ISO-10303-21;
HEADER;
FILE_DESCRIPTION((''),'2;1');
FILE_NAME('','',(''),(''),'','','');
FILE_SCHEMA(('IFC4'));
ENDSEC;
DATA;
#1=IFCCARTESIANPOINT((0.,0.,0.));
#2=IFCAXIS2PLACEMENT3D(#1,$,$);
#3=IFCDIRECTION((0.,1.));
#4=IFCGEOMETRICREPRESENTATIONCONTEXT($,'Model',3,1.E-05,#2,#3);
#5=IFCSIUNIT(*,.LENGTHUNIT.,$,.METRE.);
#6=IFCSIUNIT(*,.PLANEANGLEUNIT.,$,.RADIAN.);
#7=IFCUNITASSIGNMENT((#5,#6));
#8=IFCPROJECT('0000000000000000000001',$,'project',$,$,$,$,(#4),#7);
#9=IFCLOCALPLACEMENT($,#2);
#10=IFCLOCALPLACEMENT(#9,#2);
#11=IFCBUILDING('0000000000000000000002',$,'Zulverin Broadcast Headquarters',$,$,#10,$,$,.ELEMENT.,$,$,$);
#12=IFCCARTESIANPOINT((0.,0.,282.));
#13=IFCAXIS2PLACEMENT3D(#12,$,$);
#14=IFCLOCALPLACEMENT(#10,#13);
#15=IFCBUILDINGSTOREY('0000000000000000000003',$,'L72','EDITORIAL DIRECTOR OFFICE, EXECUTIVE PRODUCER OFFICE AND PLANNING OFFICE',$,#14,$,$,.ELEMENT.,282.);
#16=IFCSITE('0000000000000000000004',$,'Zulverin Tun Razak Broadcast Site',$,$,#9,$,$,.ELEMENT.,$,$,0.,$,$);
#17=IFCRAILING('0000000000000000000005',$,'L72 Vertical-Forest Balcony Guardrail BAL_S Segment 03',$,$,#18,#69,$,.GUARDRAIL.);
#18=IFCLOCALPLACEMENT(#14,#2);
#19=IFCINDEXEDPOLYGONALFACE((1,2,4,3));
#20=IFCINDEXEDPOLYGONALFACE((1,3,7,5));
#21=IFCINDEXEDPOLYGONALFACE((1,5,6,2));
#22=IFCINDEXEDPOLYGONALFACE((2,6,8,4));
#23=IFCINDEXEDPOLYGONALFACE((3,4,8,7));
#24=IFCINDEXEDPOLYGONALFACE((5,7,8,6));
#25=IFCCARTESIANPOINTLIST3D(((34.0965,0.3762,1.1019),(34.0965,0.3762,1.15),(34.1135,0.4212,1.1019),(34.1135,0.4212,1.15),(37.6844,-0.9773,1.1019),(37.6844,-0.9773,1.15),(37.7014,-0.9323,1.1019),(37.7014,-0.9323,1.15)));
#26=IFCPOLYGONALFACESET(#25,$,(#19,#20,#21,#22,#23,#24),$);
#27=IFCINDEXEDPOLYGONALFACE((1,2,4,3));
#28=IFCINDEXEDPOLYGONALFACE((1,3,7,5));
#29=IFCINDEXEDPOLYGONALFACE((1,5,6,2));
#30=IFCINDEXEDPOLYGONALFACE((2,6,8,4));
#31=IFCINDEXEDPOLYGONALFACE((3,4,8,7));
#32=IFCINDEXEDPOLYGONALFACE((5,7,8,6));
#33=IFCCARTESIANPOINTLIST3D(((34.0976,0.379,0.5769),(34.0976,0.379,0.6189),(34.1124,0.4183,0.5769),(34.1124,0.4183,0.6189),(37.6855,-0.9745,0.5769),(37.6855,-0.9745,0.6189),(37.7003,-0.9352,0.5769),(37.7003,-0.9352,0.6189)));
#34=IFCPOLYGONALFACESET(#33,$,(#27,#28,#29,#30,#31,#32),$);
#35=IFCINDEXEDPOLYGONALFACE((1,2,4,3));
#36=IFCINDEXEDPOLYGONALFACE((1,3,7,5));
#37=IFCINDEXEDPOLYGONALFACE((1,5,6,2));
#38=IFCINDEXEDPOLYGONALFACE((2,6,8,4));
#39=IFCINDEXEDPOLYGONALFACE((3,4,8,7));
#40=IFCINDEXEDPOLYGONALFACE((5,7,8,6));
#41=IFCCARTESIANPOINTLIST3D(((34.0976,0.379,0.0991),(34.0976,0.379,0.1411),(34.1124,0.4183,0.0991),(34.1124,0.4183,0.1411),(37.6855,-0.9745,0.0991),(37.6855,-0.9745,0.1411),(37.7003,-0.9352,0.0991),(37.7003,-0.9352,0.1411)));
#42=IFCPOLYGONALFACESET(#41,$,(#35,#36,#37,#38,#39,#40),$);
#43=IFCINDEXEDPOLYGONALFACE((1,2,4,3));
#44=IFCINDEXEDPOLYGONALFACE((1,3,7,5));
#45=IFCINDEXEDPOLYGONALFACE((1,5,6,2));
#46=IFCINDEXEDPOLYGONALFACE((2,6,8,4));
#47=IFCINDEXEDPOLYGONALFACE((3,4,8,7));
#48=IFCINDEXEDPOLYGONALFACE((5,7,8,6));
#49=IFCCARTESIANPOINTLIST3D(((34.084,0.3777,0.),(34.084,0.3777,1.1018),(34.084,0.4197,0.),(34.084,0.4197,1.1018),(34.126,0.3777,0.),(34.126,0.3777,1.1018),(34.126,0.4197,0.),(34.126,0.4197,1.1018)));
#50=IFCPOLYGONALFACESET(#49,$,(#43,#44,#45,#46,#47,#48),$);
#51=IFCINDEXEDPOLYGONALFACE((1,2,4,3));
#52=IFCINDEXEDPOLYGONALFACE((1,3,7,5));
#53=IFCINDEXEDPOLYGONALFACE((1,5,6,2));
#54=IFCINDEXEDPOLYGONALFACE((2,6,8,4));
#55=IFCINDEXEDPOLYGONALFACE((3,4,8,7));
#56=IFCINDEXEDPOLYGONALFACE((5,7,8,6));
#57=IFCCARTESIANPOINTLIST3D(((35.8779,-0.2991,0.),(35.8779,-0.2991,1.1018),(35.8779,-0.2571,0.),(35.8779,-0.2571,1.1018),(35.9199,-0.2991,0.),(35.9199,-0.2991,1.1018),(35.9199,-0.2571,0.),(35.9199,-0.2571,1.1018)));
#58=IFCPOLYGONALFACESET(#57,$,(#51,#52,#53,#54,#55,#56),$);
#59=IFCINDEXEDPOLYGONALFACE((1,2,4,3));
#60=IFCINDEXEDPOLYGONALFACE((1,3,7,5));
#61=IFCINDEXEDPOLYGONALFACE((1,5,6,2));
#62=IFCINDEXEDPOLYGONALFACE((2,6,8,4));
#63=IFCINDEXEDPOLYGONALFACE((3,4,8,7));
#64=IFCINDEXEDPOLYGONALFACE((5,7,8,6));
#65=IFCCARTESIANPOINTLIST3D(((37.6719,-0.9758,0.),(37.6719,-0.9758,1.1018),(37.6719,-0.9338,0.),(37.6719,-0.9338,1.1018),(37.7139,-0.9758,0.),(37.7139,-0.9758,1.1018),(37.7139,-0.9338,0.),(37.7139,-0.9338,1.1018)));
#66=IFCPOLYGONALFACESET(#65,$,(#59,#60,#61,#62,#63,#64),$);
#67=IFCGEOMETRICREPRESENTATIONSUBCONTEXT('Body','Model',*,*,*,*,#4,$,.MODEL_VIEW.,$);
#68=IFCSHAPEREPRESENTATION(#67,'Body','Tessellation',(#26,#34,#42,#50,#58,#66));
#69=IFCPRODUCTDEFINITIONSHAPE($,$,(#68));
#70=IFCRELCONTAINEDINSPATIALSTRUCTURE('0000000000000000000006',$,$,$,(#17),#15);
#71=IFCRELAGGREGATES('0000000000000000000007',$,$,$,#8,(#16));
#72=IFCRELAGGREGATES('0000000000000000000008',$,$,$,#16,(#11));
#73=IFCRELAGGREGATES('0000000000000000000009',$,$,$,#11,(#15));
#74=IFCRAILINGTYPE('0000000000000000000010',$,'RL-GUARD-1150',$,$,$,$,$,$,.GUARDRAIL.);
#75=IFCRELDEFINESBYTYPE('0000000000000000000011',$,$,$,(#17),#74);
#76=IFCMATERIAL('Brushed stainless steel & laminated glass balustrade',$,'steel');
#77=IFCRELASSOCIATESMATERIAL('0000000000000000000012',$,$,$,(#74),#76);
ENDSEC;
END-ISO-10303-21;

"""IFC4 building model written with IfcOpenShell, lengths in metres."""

from ifc_helpers import new_model, si_unit, direction, frame, origin, origin_2d, place, context, subcontext, project, spatial, rectangle, extrude, material, type_object, element, save


model = new_model("IFC4")

# Units and contexts
model_context = context("Model", 3, precision=1e-05, world=origin(), true_north=direction((0.0, 1.0)))
body_context = subcontext(model_context, "Body", "Model", "MODEL_VIEW")
ifc_project = project(units=[si_unit("LENGTHUNIT", "METRE"), si_unit("PLANEANGLEUNIT", "RADIAN")], contexts=[model_context])

# Site, building, storey
site_placement = place(None, origin())
site = spatial("IfcSite", under=ifc_project, at=site_placement, Name="Zulverin Tun Razak Broadcast Site", CompositionType="ELEMENT", RefElevation=0.0)
building_placement = place(site_placement, origin())
building = spatial("IfcBuilding", under=site, at=building_placement, Name="Zulverin Broadcast Headquarters", CompositionType="ELEMENT")
storey_placement = place(building_placement, frame((0.0, 0.0, 282.0)))
storey = spatial("IfcBuildingStorey", under=building, at=storey_placement, Name="L72", Description="EDITORIAL DIRECTOR OFFICE, EXECUTIVE PRODUCER OFFICE AND PLANNING OFFICE", CompositionType="ELEMENT", Elevation=282.0)

# Railing
ifc_material_1 = material(Name="Brushed stainless steel & laminated glass balustrade", Category="steel")
railing_type = type_object("IfcRailingType", Name="RL-GUARD-1150", PredefinedType="GUARDRAIL", material=ifc_material_1)
railing_1_placement = place(storey_placement, frame((34.105, 0.3987, 0.0)))
element("IfcRailing", 1, at=railing_1_placement, inside=storey, type_object=railing_type, Name="L72 Vertical-Forest Balcony Guardrail BAL_S Segment 03", PredefinedType="GUARDRAIL", context=body_context, shape_type="SweptSolid", body=[
    extrude(rectangle(XDim=0.0481, YDim=0.0481, at=origin_2d()), frame((0.0, 0.0, 1.126), z_axis=(0.935637, -0.352965, 0.0), x_axis=(0.352965, 0.935637, 0.0)), (0.0, 0.0, 1.0), 3.8347),
    extrude(rectangle(XDim=0.042, YDim=0.042, at=origin_2d()), frame((0.0, 0.0, 0.5979), z_axis=(0.935637, -0.352965, 0.0), x_axis=(0.352965, 0.935637, 0.0)), (0.0, 0.0, 1.0), 3.8347),
    extrude(rectangle(XDim=0.042, YDim=0.042, at=origin_2d()), frame((0.0, 0.0, 0.1201), z_axis=(0.935637, -0.352965, 0.0), x_axis=(0.352965, 0.935637, 0.0)), (0.0, 0.0, 1.0), 3.8347),
    extrude(rectangle(XDim=0.042, YDim=0.042, at=origin_2d()), origin(), (0.0, 0.0, 1.0), 1.1018),
    extrude(rectangle(XDim=0.042, YDim=0.042, at=origin_2d()), frame((1.7939, -0.6768, 0.0)), (0.0, 0.0, 1.0), 1.1018),
    extrude(rectangle(XDim=0.042, YDim=0.042, at=origin_2d()), frame((3.5879, -1.3535, 0.0)), (0.0, 0.0, 1.0), 1.1018),
])

save(model, "model.ifc")
